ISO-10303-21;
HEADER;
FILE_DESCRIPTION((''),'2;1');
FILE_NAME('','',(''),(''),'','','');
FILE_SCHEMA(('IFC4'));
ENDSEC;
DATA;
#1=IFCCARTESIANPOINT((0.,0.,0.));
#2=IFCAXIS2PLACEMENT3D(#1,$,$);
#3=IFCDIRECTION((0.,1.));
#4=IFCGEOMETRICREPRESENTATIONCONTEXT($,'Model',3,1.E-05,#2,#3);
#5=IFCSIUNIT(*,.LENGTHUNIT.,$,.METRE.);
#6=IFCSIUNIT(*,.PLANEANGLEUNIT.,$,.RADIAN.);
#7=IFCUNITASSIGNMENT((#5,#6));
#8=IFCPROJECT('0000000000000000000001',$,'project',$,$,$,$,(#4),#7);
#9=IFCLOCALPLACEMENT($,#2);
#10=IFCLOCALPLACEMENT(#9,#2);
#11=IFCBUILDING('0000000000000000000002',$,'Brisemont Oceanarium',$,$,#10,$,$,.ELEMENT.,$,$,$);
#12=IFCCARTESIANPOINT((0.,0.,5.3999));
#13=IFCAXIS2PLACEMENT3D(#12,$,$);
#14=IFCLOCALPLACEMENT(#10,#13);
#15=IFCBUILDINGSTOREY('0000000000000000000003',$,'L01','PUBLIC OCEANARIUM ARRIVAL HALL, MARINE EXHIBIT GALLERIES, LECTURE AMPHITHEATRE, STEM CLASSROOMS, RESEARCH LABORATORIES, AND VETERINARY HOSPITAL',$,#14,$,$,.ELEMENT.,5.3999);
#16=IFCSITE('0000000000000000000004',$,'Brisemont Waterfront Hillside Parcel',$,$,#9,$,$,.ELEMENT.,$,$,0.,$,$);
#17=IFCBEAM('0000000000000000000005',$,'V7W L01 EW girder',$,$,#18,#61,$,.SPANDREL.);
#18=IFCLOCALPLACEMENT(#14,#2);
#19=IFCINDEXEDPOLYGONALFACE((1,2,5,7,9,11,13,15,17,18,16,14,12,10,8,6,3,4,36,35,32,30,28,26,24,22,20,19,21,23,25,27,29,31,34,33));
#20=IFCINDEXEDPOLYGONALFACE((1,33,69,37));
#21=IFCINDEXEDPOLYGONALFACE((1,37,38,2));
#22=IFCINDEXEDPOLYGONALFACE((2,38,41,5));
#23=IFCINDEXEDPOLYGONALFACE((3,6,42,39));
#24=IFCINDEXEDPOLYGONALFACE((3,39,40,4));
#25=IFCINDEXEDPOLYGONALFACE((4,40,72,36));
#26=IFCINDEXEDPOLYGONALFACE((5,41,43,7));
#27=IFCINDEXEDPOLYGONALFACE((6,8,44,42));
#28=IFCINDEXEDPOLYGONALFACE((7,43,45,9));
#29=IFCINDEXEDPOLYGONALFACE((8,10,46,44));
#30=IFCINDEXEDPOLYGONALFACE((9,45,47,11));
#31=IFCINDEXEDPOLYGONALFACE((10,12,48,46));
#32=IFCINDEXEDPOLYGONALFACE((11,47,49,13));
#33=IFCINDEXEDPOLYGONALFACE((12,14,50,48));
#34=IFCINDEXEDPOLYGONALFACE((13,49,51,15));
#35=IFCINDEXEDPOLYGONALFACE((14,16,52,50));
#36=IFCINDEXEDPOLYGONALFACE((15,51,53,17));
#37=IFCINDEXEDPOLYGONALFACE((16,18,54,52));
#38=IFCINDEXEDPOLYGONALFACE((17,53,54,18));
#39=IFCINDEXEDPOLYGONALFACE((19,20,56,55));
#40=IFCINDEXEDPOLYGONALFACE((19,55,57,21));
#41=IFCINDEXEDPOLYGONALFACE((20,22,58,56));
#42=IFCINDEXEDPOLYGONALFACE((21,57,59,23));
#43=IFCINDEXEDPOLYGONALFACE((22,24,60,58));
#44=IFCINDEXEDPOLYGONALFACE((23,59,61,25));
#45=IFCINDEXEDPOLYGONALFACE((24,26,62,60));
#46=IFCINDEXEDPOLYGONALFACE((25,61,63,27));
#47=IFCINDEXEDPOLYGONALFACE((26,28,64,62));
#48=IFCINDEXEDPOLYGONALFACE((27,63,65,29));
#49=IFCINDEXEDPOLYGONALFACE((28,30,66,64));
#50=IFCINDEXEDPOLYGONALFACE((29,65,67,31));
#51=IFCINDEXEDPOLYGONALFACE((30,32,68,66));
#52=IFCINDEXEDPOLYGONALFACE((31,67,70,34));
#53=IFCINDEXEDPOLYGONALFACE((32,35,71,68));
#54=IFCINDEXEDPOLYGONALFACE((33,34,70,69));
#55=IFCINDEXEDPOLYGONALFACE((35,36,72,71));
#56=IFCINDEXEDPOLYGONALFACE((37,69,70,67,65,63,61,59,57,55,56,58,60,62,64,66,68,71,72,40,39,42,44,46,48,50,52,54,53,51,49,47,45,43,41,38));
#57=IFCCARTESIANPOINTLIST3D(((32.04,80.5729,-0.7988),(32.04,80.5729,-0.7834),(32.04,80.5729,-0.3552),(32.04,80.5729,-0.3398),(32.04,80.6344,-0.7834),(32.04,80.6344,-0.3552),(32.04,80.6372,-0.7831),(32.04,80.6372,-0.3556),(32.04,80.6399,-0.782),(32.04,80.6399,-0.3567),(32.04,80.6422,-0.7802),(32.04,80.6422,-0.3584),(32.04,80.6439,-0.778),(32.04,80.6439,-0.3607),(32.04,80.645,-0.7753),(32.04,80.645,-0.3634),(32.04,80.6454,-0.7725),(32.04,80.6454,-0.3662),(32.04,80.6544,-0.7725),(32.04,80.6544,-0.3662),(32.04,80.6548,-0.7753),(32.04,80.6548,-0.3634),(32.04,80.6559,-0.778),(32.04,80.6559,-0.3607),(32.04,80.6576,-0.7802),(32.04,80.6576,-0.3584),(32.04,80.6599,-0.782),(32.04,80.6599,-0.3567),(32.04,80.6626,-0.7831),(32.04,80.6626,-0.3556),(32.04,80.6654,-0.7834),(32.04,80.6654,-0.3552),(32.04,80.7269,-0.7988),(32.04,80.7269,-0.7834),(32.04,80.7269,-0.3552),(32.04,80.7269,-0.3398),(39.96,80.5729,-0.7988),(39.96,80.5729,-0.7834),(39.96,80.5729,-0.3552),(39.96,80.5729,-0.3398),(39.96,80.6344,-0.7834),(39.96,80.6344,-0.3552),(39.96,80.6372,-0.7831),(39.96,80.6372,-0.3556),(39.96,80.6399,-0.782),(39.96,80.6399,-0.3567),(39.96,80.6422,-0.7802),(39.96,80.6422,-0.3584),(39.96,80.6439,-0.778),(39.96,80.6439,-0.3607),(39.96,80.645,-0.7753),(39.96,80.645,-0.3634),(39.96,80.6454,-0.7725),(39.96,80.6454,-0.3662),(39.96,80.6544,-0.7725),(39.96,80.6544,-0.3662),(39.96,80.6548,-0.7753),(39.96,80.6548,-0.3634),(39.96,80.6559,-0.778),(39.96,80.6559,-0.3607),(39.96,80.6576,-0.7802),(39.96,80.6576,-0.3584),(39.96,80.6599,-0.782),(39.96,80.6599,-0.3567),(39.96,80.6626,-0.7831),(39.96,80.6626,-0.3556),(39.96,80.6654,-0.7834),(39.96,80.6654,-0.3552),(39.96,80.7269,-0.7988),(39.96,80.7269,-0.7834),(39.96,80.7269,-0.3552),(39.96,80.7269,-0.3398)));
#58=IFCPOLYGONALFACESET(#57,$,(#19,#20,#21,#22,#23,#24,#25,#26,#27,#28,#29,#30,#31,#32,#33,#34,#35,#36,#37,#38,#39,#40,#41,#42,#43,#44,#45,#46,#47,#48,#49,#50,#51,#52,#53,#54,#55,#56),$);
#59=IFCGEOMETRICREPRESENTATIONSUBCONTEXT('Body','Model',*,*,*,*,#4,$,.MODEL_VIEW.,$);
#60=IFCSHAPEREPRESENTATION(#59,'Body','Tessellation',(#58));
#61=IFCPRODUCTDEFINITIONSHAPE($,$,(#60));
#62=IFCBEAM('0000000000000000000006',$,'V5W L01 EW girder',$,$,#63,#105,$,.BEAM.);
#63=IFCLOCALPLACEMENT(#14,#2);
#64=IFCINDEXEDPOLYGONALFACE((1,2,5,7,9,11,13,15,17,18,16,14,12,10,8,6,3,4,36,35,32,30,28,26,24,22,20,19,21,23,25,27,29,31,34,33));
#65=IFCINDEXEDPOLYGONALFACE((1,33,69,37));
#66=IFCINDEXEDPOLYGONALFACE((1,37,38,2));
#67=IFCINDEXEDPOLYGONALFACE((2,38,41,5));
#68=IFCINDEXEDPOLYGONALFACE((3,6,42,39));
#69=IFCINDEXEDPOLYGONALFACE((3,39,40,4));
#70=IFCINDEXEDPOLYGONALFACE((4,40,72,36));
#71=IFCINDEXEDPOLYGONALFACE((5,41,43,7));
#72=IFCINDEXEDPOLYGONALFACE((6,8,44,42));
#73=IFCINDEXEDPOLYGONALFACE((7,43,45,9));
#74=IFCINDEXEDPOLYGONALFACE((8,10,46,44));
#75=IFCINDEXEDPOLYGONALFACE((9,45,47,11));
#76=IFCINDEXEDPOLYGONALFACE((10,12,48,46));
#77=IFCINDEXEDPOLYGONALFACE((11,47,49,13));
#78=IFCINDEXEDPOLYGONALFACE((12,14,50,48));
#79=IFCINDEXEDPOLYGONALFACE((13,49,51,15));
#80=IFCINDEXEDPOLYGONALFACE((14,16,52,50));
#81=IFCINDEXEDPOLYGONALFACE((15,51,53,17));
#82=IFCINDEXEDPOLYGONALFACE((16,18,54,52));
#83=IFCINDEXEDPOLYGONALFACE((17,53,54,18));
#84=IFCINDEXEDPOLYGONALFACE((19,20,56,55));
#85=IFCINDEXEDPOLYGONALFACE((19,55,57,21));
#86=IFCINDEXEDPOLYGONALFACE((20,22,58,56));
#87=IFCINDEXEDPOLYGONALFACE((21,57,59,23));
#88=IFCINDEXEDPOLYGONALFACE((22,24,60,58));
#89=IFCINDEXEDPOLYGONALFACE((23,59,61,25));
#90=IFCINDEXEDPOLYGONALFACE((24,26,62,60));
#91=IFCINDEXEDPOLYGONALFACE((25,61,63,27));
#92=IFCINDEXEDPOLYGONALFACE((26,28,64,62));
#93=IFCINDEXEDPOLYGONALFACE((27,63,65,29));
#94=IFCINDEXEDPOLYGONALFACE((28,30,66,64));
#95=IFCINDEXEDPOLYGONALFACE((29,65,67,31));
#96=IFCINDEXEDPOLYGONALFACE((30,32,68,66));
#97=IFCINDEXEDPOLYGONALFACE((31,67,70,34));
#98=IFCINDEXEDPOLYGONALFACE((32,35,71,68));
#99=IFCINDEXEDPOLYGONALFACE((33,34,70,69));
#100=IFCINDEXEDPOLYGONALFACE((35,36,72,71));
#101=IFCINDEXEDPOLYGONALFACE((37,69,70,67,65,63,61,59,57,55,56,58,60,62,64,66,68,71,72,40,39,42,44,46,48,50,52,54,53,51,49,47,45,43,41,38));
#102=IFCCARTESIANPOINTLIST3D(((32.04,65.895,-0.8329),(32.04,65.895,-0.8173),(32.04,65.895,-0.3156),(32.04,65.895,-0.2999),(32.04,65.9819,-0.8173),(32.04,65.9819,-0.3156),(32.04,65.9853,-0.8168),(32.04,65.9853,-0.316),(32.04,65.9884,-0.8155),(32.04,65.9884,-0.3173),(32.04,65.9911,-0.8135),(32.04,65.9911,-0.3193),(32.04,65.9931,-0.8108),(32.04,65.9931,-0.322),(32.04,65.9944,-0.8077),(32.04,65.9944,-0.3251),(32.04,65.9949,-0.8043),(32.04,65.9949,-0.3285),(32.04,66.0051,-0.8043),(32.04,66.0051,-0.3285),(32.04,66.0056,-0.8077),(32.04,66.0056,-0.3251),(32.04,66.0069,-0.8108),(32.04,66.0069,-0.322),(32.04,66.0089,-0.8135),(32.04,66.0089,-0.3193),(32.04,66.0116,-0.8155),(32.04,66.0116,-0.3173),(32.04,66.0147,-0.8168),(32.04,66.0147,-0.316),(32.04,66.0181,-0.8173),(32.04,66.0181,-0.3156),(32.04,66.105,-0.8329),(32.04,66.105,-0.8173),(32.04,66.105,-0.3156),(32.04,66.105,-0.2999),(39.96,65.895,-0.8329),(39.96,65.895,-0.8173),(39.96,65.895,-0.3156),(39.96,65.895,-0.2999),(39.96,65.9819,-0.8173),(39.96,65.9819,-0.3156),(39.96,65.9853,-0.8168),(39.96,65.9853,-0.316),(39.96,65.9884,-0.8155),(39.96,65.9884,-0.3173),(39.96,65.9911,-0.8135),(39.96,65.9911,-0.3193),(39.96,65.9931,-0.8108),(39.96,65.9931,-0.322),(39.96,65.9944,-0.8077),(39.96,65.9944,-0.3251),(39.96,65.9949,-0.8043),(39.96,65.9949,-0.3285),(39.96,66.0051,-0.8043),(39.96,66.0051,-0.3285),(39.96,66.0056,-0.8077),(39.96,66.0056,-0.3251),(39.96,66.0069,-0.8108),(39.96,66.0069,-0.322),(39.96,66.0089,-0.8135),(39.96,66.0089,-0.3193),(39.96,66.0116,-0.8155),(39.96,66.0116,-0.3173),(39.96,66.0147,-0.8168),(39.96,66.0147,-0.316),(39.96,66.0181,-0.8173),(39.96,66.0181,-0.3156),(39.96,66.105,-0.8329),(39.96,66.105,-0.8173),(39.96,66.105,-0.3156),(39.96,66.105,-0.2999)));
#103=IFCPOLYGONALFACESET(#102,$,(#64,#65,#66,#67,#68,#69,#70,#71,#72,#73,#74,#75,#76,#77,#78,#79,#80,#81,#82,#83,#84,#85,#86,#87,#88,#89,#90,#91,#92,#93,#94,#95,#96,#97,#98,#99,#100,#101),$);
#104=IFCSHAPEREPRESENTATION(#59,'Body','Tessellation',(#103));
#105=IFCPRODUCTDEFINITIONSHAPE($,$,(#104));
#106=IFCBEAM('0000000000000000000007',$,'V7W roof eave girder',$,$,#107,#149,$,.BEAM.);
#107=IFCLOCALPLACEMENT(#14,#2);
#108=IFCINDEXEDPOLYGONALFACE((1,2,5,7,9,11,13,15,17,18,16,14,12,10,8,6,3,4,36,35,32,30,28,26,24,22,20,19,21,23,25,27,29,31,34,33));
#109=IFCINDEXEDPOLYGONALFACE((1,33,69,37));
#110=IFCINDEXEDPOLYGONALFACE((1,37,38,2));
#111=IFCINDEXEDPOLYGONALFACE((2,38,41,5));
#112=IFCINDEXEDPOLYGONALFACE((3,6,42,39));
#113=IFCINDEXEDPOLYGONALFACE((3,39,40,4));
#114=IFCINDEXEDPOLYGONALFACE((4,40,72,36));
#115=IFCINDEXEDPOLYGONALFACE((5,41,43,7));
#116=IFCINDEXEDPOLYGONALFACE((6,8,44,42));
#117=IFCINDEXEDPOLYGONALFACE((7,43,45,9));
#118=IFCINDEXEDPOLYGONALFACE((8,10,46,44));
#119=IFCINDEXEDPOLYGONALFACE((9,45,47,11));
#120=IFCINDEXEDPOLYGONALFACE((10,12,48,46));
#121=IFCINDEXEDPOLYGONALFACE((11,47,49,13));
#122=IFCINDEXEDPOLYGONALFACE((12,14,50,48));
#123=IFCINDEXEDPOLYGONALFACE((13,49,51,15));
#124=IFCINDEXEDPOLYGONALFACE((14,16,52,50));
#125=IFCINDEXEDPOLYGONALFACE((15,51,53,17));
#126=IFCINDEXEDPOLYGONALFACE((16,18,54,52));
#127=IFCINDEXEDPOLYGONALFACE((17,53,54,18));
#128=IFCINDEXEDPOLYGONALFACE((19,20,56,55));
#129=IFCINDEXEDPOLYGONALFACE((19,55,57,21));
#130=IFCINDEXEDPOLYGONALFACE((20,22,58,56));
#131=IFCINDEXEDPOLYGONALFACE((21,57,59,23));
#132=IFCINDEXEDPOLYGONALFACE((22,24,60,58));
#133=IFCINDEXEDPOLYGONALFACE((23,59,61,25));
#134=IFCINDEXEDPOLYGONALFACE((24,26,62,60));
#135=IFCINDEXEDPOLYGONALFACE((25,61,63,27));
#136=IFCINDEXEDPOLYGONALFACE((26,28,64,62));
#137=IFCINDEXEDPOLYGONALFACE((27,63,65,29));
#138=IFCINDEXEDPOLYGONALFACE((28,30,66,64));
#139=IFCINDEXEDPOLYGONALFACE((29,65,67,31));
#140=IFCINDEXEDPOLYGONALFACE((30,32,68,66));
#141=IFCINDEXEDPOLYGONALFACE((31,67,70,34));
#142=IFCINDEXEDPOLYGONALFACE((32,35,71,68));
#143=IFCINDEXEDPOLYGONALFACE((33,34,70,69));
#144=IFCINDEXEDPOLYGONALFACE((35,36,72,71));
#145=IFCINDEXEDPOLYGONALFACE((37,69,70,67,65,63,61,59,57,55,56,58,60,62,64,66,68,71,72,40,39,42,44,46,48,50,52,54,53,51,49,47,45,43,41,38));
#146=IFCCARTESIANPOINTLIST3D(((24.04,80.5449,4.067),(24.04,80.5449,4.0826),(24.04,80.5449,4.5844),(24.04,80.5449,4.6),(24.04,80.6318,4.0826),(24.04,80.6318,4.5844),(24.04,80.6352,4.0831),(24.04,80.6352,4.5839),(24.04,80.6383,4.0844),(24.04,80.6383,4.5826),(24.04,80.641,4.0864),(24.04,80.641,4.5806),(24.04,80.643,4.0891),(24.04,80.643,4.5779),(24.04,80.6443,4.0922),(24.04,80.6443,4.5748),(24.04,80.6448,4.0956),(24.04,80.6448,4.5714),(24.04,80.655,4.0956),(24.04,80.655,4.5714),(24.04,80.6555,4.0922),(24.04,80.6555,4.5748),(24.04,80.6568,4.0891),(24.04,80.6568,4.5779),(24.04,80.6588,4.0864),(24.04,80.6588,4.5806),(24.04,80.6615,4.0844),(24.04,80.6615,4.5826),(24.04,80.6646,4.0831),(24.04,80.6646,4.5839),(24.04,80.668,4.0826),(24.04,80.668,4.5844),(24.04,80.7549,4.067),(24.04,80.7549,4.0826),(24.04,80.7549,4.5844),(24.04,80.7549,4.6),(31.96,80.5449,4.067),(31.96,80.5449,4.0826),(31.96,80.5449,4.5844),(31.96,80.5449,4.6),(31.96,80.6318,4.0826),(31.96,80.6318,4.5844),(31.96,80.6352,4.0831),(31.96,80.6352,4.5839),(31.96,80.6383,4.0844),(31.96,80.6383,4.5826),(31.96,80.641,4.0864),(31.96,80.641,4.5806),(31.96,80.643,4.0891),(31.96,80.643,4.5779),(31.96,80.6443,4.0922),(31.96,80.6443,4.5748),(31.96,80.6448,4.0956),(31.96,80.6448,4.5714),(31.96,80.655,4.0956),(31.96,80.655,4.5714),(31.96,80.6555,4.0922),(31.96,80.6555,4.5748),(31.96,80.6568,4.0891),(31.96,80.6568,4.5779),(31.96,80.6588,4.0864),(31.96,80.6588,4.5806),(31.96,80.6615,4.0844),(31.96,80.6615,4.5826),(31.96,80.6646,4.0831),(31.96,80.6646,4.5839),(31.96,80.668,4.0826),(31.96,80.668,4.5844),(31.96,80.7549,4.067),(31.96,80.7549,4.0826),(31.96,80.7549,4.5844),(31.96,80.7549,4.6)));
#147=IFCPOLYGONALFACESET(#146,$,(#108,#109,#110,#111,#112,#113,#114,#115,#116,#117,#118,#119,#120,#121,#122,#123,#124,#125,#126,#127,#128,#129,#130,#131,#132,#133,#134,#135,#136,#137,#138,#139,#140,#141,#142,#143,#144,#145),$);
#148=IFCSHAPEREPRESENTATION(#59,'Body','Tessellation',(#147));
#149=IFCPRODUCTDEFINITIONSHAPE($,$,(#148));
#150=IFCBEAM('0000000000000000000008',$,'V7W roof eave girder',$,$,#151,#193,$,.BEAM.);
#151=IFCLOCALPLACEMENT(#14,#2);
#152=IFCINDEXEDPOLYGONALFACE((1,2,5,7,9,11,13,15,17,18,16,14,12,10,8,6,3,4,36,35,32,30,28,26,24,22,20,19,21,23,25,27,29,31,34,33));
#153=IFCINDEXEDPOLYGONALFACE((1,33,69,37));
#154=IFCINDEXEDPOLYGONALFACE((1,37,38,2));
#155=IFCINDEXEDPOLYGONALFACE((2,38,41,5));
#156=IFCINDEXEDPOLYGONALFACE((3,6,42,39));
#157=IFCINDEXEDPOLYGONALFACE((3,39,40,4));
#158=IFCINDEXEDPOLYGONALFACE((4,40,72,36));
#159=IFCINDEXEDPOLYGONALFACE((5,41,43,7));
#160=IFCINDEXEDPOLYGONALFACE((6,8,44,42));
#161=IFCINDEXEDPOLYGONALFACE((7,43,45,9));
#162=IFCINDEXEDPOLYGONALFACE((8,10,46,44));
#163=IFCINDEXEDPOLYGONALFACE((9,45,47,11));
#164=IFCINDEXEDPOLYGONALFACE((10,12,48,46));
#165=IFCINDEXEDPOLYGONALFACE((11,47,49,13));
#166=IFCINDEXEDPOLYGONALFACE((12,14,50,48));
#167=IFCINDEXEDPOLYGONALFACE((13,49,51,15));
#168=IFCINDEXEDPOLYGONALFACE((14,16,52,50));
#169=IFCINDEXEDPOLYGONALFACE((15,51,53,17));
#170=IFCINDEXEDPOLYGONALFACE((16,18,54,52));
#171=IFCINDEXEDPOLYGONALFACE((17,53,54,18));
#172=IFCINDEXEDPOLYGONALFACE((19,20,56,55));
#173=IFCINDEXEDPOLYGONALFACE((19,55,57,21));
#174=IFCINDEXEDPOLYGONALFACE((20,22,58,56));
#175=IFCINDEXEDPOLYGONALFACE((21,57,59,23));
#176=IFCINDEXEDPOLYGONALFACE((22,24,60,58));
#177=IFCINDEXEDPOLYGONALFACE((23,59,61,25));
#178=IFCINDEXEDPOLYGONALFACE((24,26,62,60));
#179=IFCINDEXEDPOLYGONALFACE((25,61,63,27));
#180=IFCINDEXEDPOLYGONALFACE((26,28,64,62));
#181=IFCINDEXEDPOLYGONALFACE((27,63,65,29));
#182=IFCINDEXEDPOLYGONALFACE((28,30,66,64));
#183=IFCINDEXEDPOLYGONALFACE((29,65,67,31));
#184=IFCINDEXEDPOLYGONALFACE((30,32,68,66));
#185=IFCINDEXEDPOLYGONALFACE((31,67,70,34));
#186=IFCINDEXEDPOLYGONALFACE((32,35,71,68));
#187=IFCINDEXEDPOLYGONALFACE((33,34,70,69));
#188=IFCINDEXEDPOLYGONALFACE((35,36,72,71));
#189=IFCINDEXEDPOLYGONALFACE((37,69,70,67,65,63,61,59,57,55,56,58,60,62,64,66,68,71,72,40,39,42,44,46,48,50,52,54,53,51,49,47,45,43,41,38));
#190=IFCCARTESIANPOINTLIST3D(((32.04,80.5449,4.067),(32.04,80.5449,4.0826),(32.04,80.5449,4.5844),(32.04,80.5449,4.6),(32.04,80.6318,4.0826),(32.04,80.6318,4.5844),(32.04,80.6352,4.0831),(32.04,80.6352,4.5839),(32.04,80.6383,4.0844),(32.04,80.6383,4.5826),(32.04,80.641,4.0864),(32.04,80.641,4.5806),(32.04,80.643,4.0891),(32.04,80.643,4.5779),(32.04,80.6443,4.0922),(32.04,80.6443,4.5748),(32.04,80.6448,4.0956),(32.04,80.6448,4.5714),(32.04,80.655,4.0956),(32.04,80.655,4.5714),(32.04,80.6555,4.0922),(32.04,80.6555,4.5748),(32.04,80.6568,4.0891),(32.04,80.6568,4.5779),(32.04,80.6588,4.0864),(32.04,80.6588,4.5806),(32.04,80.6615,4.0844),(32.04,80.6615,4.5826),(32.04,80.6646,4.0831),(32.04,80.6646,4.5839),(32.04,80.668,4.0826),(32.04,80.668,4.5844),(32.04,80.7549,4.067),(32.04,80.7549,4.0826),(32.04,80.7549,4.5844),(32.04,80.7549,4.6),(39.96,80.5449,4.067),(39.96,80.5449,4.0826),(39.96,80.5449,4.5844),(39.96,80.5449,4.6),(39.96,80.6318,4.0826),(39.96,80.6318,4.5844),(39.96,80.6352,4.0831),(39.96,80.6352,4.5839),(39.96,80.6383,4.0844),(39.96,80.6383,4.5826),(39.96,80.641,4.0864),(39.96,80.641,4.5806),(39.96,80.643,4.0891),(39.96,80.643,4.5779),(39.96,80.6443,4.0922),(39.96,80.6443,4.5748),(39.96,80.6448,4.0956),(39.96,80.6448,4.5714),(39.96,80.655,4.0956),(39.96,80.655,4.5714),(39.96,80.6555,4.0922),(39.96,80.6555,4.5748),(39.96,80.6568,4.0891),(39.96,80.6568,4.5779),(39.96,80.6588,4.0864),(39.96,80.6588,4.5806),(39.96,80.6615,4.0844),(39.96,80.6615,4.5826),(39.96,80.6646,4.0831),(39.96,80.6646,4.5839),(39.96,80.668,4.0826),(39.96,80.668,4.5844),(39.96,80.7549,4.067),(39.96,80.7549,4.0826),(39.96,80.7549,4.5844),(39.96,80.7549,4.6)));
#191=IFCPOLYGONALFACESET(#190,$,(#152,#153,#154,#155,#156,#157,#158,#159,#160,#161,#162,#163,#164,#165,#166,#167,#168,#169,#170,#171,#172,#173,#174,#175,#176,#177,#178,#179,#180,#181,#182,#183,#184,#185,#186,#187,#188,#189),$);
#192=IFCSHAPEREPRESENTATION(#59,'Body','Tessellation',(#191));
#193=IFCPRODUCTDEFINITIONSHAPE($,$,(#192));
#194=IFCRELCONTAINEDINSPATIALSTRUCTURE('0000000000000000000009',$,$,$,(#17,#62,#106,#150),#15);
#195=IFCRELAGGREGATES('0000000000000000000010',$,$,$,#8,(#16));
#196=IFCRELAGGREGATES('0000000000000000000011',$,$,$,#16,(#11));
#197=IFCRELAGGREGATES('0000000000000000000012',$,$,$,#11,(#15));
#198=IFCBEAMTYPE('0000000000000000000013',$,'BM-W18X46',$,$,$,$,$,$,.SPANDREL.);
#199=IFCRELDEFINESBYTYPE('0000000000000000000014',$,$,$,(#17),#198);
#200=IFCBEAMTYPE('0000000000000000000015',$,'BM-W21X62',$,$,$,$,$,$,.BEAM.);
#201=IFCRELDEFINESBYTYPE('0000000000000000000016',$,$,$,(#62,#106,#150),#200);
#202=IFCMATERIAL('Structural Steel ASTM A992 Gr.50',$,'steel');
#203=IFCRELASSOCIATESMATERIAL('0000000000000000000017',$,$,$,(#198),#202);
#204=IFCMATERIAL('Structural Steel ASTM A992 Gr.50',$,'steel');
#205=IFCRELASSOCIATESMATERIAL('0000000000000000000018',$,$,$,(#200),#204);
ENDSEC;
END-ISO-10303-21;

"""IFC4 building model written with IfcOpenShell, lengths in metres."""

from ifc_helpers import new_model, si_unit, direction, frame, origin, origin_2d, place, context, subcontext, project, spatial, i_section, extrude, material, material_profile, profile_set, type_object, element, save


model = new_model("IFC4")

# Units and contexts
model_context = context("Model", 3, precision=1e-05, world=origin(), true_north=direction((0.0, 1.0)))
body_context = subcontext(model_context, "Body", "Model", "MODEL_VIEW")
ifc_project = project(units=[si_unit("LENGTHUNIT", "METRE"), si_unit("PLANEANGLEUNIT", "RADIAN")], contexts=[model_context])

# Site, building, storey
site_placement = place(None, origin())
site = spatial("IfcSite", under=ifc_project, at=site_placement, Name="Brisemont Waterfront Hillside Parcel", CompositionType="ELEMENT", RefElevation=0.0)
building_placement = place(site_placement, origin())
building = spatial("IfcBuilding", under=site, at=building_placement, Name="Brisemont Oceanarium", CompositionType="ELEMENT")
storey_placement = place(building_placement, frame((0.0, 0.0, 5.3999)))
storey = spatial("IfcBuildingStorey", under=building, at=storey_placement, Name="L01", Description="PUBLIC OCEANARIUM ARRIVAL HALL, MARINE EXHIBIT GALLERIES, LECTURE AMPHITHEATRE, STEM CLASSROOMS, RESEARCH LABORATORIES, AND VETERINARY HOSPITAL", CompositionType="ELEMENT", Elevation=5.3999)

# Beams
ifc_material_1 = material(Name="Structural Steel ASTM A992 Gr.50", Category="steel")
ifc_material_profile_1 = material_profile(ifc_material_1, i_section(OverallWidth=0.1541, OverallDepth=0.459, WebThickness=0.009, FlangeThickness=0.0154, FilletRadius=0.011, at=origin_2d()), Name="W18X46")
ifc_profile_set_1 = profile_set([ifc_material_profile_1], Name="Structural Steel ASTM A992 Gr.50")
beam_type_1 = type_object("IfcBeamType", Name="BM-W18X46", PredefinedType="SPANDREL", material=ifc_profile_set_1)
beam_1_placement = place(storey_placement, frame((32.04, 80.6499, -0.5693), z_axis=(1.0, 0.0, 0.0), x_axis=(0.0, 1.0, 0.0)))
element("IfcBeam", 1, at=beam_1_placement, inside=storey, type_object=beam_type_1, Name="V7W L01 EW girder", PredefinedType="SPANDREL", context=body_context, shape_type="SweptSolid", body=[
    extrude(i_section(OverallWidth=0.1541, OverallDepth=0.459, WebThickness=0.009, FlangeThickness=0.0154, FilletRadius=0.011, at=origin_2d()), origin(), (0.0, 0.0, 1.0), 7.9199),
])
ifc_material_2 = material(Name="Structural Steel ASTM A992 Gr.50", Category="steel")
ifc_material_profile_2 = material_profile(ifc_material_2, i_section(OverallWidth=0.21, OverallDepth=0.533, WebThickness=0.0103, FlangeThickness=0.0156, FilletRadius=0.0129, at=origin_2d()), Name="W21X62")
ifc_profile_set_2 = profile_set([ifc_material_profile_2], Name="Structural Steel ASTM A992 Gr.50")
beam_type_2 = type_object("IfcBeamType", Name="BM-W21X62", PredefinedType="BEAM", material=ifc_profile_set_2)
for number, where, z_axis, x_axis, name in (
    (2, (32.04, 66.0, -0.5664), (1.0, 0.0, 0.0), (0.0, 1.0, 0.0), "V5W L01 EW girder"),
    (3, (24.04, 80.6499, 4.3335), (1.0, 0.0, 0.0), (0.0, 1.0, 0.0), "V7W roof eave girder"),
    (4, (32.04, 80.6499, 4.3335), (1.0, 0.0, 0.0), (0.0, 1.0, 0.0), "V7W roof eave girder"),
):
    element("IfcBeam", number, at=place(storey_placement, frame(where, z_axis=z_axis, x_axis=x_axis)), inside=storey, type_object=beam_type_2, Name=name, PredefinedType="BEAM", context=body_context, shape_type="SweptSolid", body=[
        extrude(i_section(OverallWidth=0.21, OverallDepth=0.533, WebThickness=0.0103, FlangeThickness=0.0156, FilletRadius=0.0129, at=origin_2d()), origin(), (0.0, 0.0, 1.0), 7.9199),
    ])

save(model, "model.ifc")
